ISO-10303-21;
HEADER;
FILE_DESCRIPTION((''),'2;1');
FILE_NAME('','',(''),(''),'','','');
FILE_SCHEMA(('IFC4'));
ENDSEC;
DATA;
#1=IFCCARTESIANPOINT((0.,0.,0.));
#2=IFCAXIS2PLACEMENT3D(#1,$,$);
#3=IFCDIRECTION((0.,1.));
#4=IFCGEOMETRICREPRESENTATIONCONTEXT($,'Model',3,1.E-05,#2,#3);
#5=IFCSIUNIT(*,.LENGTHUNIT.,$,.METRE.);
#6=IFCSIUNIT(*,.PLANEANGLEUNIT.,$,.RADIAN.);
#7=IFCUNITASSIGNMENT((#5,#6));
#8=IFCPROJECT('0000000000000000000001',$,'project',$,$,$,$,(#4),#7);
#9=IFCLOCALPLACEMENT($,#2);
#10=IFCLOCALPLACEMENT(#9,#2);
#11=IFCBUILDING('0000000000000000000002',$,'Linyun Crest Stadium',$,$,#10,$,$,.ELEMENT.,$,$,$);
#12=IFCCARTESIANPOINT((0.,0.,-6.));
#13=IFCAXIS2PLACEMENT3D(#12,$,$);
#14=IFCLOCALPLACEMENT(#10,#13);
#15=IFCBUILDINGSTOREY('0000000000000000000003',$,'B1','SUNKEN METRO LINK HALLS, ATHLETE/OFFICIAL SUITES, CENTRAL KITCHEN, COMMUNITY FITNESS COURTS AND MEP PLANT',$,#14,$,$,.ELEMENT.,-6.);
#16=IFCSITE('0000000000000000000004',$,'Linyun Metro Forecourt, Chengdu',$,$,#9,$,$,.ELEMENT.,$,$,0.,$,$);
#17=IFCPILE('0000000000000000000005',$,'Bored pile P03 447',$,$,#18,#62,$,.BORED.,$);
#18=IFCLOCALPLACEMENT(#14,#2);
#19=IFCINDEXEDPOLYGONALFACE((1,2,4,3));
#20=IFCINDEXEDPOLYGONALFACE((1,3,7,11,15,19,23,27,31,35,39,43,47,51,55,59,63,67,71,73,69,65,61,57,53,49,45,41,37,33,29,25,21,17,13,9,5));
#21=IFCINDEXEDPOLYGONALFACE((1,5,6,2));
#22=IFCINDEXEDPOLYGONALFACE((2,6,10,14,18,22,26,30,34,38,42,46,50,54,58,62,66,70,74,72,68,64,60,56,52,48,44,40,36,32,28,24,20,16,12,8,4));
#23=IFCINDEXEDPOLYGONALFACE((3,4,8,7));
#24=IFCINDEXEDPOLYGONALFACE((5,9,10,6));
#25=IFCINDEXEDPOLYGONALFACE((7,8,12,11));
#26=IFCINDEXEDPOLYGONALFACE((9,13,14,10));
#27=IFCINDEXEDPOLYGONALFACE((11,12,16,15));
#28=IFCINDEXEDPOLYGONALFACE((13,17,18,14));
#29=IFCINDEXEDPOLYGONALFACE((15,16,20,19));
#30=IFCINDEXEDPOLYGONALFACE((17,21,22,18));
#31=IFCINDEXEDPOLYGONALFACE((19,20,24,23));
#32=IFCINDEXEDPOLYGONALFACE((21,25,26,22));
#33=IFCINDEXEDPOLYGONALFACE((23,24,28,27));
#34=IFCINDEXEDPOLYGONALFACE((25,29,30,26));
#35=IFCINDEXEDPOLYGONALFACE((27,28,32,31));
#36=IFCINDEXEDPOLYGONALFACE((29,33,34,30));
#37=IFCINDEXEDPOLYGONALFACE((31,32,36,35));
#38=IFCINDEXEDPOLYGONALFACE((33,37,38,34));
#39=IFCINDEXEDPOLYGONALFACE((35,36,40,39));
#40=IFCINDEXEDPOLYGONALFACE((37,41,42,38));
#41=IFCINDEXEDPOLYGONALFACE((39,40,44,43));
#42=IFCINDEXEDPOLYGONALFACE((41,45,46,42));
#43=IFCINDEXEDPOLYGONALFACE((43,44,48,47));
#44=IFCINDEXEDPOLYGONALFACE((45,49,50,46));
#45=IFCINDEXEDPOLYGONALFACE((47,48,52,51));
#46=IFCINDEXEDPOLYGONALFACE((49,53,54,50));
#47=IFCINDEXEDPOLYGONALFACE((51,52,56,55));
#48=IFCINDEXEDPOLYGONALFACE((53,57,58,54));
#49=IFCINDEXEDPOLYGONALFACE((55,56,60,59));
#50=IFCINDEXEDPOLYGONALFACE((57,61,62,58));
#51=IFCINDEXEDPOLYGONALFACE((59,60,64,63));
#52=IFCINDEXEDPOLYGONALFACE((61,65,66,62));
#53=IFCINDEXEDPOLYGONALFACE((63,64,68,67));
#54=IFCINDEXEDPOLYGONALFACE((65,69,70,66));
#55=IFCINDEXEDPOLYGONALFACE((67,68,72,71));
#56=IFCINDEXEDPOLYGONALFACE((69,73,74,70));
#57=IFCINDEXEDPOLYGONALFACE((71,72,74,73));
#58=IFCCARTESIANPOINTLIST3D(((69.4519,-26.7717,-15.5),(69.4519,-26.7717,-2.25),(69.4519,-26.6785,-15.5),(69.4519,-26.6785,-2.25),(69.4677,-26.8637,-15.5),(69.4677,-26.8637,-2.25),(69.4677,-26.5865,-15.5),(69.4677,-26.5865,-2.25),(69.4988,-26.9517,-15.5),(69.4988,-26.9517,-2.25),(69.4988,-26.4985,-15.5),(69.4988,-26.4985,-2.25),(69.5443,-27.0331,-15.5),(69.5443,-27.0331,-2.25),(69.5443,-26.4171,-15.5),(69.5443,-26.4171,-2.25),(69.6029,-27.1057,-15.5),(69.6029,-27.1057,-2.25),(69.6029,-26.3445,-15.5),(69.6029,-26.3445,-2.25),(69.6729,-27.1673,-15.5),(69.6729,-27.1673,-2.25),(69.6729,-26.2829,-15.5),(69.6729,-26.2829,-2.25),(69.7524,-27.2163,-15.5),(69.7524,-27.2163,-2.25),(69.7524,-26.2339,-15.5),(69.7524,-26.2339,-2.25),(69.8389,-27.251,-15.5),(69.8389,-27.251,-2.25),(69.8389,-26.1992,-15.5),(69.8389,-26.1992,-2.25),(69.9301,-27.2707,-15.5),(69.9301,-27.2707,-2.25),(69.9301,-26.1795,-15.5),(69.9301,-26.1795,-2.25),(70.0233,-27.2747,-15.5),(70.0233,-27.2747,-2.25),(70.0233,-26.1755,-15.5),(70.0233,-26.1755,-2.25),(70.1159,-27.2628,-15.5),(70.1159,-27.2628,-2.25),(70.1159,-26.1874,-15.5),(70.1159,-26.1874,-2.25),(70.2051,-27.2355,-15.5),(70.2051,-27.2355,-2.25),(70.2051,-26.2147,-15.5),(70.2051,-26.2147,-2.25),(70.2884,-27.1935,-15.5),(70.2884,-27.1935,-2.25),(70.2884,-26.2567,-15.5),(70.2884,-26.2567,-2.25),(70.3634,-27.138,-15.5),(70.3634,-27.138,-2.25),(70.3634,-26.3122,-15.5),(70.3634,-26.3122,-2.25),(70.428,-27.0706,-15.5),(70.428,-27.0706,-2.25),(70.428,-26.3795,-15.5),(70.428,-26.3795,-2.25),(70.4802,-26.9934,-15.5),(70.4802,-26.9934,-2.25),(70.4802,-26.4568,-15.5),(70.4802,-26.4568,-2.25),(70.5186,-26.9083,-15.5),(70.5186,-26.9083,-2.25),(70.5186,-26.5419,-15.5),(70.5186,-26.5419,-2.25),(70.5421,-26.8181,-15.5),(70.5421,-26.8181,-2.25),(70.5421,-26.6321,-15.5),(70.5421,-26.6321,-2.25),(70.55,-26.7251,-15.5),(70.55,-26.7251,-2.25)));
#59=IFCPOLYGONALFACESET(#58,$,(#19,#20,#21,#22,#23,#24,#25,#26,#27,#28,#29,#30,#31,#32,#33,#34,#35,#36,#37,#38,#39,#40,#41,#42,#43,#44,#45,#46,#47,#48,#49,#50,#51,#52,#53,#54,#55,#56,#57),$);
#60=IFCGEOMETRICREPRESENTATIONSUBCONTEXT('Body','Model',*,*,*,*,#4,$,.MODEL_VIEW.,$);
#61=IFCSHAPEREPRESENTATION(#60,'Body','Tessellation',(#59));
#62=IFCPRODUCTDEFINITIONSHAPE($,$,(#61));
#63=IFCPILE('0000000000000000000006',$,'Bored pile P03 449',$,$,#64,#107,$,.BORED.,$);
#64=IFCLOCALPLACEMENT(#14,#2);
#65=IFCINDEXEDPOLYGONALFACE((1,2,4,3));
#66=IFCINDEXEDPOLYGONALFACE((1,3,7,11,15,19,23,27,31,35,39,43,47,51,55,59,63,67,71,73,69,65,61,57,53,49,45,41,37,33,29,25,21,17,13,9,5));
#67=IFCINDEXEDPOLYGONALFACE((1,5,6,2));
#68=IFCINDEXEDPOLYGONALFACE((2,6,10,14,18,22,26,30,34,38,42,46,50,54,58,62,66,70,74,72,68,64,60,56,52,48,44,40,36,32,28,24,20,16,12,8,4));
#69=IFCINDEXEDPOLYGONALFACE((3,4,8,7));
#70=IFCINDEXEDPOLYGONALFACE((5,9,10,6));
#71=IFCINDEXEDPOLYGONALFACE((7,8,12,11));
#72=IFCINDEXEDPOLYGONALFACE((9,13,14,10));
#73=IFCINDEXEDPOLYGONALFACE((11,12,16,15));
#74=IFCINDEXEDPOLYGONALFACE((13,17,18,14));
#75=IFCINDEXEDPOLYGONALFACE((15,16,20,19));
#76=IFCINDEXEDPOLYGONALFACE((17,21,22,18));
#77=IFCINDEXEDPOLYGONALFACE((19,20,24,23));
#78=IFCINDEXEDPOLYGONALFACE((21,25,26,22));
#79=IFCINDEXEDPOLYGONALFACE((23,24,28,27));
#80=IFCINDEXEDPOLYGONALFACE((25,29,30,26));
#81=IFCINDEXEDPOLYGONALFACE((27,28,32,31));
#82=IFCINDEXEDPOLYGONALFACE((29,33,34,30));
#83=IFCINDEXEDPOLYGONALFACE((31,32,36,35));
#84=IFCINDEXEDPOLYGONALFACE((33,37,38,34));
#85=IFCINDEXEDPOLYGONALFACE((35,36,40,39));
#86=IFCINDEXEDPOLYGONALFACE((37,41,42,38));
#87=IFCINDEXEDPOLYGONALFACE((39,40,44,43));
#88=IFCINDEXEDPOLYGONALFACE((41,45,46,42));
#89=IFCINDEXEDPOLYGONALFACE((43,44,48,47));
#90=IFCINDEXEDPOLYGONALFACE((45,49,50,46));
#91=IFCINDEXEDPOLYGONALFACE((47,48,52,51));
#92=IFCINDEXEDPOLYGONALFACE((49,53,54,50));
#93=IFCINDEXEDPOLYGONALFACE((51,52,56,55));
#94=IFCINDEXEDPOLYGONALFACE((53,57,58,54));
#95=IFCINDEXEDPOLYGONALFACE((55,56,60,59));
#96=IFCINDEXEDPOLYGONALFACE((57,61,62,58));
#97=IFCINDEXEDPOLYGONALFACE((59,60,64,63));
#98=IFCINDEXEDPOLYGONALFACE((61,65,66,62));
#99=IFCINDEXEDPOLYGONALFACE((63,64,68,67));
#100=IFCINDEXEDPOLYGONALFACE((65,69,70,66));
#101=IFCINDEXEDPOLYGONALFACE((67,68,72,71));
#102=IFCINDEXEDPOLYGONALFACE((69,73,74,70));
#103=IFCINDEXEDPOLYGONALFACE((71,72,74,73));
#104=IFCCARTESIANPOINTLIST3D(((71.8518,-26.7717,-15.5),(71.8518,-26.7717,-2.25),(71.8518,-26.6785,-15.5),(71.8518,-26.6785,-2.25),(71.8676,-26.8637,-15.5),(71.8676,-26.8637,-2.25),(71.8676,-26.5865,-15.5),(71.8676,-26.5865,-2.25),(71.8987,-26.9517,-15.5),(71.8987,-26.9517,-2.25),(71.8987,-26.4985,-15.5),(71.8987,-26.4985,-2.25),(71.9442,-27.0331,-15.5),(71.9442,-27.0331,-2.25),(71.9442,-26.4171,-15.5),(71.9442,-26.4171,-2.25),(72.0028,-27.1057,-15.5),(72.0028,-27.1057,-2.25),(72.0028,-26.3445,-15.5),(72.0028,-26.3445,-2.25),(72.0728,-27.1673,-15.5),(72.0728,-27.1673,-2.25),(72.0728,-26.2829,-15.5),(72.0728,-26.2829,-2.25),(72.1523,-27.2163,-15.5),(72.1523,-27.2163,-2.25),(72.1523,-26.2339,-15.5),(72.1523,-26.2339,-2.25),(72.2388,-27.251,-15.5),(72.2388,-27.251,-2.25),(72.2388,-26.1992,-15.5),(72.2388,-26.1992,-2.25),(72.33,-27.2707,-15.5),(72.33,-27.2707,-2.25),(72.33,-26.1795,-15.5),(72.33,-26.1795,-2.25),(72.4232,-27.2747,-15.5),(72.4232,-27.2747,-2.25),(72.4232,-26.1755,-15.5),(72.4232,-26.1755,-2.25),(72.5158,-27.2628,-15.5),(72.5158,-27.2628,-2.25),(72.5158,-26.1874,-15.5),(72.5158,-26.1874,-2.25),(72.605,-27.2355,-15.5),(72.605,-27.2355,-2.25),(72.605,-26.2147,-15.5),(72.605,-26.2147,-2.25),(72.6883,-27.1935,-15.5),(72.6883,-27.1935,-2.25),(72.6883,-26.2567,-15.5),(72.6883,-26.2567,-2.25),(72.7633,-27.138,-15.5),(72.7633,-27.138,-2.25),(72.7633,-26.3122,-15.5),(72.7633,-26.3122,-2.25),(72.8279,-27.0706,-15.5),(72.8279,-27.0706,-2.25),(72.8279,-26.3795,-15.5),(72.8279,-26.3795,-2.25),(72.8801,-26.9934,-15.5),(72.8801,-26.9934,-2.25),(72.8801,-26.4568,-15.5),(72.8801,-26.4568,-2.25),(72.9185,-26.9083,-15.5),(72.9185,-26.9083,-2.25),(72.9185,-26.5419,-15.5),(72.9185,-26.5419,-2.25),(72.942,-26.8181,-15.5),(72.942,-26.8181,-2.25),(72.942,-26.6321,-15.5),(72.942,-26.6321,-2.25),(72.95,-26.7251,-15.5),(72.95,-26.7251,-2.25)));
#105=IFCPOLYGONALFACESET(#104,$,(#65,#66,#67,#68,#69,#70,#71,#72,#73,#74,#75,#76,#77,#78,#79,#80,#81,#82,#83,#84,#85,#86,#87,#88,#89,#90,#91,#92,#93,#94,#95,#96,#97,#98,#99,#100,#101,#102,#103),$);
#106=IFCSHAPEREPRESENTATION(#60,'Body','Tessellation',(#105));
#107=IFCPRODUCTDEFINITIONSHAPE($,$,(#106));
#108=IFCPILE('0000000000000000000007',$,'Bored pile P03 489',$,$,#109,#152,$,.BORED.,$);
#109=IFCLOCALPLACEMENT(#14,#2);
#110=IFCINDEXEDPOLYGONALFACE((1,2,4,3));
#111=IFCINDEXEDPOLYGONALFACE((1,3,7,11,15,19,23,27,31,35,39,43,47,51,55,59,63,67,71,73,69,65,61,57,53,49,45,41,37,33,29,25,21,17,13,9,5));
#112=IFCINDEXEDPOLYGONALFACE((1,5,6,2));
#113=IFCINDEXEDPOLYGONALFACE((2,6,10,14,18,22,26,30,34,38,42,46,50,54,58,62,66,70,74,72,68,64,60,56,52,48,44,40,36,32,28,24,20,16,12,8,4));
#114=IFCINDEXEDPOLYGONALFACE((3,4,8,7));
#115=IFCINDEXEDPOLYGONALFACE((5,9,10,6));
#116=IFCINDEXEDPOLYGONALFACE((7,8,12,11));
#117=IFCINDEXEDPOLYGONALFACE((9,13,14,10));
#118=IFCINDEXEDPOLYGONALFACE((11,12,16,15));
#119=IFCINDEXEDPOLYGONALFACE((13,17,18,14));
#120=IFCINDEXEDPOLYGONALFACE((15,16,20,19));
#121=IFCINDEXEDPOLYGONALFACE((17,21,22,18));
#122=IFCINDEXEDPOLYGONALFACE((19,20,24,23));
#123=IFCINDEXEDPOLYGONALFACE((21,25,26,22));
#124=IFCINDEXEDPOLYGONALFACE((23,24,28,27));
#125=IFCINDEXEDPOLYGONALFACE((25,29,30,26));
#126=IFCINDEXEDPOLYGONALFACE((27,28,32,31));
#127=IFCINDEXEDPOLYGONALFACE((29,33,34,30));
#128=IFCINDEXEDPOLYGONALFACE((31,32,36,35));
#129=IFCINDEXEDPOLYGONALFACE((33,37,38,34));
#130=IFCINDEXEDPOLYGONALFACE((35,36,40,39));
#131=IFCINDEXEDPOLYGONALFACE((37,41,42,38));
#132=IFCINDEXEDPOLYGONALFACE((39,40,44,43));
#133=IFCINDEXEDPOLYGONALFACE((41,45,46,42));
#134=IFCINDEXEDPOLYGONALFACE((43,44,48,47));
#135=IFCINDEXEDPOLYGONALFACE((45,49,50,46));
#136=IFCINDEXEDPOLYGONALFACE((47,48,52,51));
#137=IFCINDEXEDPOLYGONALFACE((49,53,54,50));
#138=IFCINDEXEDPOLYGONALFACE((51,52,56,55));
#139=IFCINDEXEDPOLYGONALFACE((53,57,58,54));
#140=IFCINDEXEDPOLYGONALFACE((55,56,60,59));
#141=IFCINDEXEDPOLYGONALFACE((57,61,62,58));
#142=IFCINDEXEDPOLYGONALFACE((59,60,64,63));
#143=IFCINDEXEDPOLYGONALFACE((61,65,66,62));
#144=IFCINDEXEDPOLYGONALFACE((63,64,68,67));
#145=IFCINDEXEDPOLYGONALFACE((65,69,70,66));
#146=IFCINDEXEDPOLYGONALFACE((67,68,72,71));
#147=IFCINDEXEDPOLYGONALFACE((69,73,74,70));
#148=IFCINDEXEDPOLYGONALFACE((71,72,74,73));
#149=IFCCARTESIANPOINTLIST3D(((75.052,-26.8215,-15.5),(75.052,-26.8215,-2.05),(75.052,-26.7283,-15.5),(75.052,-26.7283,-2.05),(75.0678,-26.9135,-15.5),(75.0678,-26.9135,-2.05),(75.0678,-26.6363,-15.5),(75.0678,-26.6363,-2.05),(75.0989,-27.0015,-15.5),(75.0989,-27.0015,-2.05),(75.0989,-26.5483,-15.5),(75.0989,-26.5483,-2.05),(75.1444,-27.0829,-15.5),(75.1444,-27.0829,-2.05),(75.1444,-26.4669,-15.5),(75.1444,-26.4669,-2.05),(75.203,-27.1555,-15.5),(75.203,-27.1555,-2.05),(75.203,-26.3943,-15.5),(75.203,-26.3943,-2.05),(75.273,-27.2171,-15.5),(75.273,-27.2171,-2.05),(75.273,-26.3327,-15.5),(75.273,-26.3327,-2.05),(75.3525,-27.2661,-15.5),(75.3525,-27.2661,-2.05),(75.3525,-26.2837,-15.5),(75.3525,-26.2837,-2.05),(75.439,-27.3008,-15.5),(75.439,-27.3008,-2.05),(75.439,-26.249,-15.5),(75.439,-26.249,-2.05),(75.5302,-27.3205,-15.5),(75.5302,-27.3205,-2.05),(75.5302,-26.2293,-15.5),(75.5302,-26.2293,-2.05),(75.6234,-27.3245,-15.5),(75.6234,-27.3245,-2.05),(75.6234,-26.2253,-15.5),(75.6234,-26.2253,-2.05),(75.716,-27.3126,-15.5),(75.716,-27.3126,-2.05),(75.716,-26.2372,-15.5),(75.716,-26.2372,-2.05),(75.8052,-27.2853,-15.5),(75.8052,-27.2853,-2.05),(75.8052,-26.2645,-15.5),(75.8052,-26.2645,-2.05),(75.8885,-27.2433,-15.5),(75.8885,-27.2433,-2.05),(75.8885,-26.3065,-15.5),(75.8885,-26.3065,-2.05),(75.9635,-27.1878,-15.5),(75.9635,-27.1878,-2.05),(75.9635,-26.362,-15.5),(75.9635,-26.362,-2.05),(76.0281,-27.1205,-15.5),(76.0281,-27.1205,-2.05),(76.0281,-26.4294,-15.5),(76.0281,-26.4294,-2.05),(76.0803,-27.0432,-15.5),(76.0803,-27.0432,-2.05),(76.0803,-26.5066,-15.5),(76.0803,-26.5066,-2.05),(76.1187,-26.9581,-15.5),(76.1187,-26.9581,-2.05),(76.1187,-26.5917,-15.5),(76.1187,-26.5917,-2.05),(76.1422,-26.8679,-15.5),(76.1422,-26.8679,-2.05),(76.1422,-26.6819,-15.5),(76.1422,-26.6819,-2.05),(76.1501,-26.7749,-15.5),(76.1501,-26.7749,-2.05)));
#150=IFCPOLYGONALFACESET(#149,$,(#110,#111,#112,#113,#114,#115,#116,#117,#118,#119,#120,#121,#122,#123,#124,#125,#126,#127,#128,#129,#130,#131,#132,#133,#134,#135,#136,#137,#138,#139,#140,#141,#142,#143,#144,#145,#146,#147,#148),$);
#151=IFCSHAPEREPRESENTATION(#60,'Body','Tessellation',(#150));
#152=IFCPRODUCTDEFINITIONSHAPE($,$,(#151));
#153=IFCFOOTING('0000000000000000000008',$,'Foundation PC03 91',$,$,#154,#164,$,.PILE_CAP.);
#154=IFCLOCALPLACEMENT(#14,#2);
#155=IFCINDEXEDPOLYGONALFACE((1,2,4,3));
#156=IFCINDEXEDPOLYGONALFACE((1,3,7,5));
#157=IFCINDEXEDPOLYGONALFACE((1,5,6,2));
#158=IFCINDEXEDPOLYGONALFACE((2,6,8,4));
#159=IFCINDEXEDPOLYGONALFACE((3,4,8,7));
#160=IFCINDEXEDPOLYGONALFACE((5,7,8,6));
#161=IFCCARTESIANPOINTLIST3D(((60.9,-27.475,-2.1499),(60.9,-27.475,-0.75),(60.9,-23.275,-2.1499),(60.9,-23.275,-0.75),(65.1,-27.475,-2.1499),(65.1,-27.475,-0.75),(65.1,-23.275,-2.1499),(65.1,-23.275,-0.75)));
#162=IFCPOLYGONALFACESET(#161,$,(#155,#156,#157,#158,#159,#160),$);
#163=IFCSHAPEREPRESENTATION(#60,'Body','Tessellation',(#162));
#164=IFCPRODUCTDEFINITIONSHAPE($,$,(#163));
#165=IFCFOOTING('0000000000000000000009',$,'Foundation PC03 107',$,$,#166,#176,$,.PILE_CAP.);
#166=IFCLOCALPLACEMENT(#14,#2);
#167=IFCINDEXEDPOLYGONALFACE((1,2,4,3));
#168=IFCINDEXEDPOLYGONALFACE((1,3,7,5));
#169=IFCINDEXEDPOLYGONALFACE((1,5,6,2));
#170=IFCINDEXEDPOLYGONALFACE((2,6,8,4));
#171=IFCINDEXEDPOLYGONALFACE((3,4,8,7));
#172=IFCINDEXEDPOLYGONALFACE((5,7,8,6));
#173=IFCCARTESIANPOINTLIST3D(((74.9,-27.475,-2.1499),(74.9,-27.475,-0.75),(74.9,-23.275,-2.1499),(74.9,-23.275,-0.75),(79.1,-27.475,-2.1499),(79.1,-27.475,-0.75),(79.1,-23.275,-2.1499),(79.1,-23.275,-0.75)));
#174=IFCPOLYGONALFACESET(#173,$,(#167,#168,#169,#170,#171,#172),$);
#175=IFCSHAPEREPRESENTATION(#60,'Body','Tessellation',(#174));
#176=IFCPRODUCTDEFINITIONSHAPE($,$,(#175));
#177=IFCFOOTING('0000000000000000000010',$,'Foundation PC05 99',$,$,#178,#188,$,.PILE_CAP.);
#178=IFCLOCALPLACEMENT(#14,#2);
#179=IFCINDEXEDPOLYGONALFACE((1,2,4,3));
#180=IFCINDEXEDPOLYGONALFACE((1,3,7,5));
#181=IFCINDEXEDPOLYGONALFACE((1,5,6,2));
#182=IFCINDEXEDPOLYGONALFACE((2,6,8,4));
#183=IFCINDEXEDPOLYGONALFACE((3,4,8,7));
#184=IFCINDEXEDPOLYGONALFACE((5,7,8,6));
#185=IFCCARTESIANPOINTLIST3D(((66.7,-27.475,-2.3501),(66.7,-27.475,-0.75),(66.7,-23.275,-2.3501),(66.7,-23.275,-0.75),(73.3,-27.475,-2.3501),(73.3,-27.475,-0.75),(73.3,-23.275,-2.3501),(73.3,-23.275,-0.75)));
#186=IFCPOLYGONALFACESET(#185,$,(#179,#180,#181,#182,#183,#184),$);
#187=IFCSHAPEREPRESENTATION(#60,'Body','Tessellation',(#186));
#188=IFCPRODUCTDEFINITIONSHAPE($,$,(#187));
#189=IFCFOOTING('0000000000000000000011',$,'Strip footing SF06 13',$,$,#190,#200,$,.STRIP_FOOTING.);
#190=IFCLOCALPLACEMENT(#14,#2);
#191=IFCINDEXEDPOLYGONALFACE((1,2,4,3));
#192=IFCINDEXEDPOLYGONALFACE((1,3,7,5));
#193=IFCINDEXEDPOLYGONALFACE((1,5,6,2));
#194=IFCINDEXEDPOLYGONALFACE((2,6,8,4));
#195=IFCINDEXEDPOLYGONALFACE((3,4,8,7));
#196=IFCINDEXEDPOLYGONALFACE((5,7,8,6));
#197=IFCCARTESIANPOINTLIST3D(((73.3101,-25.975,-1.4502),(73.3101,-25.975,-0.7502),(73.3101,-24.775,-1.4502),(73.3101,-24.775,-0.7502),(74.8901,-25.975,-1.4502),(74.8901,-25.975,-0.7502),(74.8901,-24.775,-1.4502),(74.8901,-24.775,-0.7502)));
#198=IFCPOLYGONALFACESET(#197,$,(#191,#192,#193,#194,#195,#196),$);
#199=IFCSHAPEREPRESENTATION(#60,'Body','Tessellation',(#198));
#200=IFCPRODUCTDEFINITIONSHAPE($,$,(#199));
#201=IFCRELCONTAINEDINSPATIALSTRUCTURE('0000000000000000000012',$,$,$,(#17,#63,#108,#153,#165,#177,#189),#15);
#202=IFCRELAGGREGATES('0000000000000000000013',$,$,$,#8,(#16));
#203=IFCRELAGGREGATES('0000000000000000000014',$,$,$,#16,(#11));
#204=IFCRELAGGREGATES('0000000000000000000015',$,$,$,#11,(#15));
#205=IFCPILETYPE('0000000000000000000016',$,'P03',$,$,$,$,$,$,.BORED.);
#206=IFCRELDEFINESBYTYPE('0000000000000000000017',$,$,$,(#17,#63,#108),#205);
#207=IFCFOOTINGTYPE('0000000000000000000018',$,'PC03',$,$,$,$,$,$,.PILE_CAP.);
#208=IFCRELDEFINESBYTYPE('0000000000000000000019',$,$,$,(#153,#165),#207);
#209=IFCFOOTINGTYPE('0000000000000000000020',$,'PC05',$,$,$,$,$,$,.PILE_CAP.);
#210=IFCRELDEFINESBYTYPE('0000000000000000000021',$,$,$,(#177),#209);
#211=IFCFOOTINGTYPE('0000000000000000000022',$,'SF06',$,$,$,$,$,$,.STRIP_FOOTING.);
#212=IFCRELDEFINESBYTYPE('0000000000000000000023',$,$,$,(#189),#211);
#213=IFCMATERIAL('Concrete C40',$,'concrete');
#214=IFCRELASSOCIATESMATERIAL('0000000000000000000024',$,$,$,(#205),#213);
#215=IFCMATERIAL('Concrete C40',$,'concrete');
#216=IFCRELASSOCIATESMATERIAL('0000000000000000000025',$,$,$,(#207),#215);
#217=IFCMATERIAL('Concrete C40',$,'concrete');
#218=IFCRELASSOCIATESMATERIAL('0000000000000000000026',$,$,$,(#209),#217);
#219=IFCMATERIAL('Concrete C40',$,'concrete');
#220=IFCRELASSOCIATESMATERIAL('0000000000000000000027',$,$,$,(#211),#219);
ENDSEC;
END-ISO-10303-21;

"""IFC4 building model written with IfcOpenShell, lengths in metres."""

from ifc_helpers import new_model, si_unit, direction, frame, origin, origin_2d, place, context, subcontext, project, spatial, rectangle, circle, extrude, material, material_profile, profile_set, type_object, element, save


model = new_model("IFC4")

# Units and contexts
model_context = context("Model", 3, precision=1e-05, world=origin(), true_north=direction((0.0, 1.0)))
body_context = subcontext(model_context, "Body", "Model", "MODEL_VIEW")
ifc_project = project(units=[si_unit("LENGTHUNIT", "METRE"), si_unit("PLANEANGLEUNIT", "RADIAN")], contexts=[model_context])

# Site, building, storey
site_placement = place(None, origin())
site = spatial("IfcSite", under=ifc_project, at=site_placement, Name="Linyun Metro Forecourt, Chengdu", CompositionType="ELEMENT", RefElevation=0.0)
building_placement = place(site_placement, origin())
building = spatial("IfcBuilding", under=site, at=building_placement, Name="Linyun Crest Stadium", CompositionType="ELEMENT")
storey_placement = place(building_placement, frame((0.0, 0.0, -6.0)))
storey = spatial("IfcBuildingStorey", under=building, at=storey_placement, Name="B1", Description="SUNKEN METRO LINK HALLS, ATHLETE/OFFICIAL SUITES, CENTRAL KITCHEN, COMMUNITY FITNESS COURTS AND MEP PLANT", CompositionType="ELEMENT", Elevation=-6.0)

# Piles
ifc_material_1 = material(Name="Concrete C40", Category="concrete")
ifc_material_profile_1 = material_profile(ifc_material_1, circle(Radius=0.55, at=origin_2d()), Name="BORED PILE 1100")
ifc_profile_set_1 = profile_set([ifc_material_profile_1], Name="Concrete C40")
pile_type = type_object("IfcPileType", Name="P03", PredefinedType="BORED", material=ifc_profile_set_1)
for number, where, z_axis, x_axis, name in (
    (1, (70.0, -26.7251, -2.25), (0.0, 0.0, -1.0), (1.0, 0.0, 0.0), "Bored pile P03 447"),
    (2, (72.3999, -26.7251, -2.25), (0.0, 0.0, -1.0), (1.0, 0.0, 0.0), "Bored pile P03 449"),
):
    element("IfcPile", number, at=place(storey_placement, frame(where, z_axis=z_axis, x_axis=x_axis)), inside=storey, type_object=pile_type, Name=name, PredefinedType="BORED", context=body_context, shape_type="SweptSolid", body=[
        extrude(circle(Radius=0.55, at=origin_2d()), origin(), (0.0, 0.0, 1.0), 13.25),
    ])
pile_placement = place(storey_placement, frame((75.6001, -26.7749, -2.05), z_axis=(0.0, 0.0, -1.0), x_axis=(1.0, 0.0, 0.0)))
element("IfcPile", 3, at=pile_placement, inside=storey, type_object=pile_type, Name="Bored pile P03 489", PredefinedType="BORED", context=body_context, shape_type="SweptSolid", body=[
    extrude(circle(Radius=0.55, at=origin_2d()), origin(), (0.0, 0.0, 1.0), 13.45),
])

# Footings
ifc_material_2 = material(Name="Concrete C40", Category="concrete")
footing_type_1 = type_object("IfcFootingType", Name="PC03", PredefinedType="PILE_CAP", material=ifc_material_2)
for number, where, z_axis, x_axis, name in (
    (4, (63.0, -25.375, -2.1499), (0.0, 0.0, 1.0), (1.0, 0.0, 0.0), "Foundation PC03 91"),
    (5, (77.0, -25.375, -2.1499), (0.0, 0.0, 1.0), (1.0, 0.0, 0.0), "Foundation PC03 107"),
):
    element("IfcFooting", number, at=place(storey_placement, frame(where, z_axis=z_axis, x_axis=x_axis)), inside=storey, type_object=footing_type_1, Name=name, PredefinedType="PILE_CAP", context=body_context, shape_type="SweptSolid", body=[
        extrude(rectangle(XDim=4.2, YDim=4.2, at=origin_2d()), origin(), (0.0, 0.0, 1.0), 1.3999),
    ])
ifc_material_3 = material(Name="Concrete C40", Category="concrete")
footing_type_2 = type_object("IfcFootingType", Name="PC05", PredefinedType="PILE_CAP", material=ifc_material_3)
footing_1_placement = place(storey_placement, frame((70.0, -25.375, -2.3501), z_axis=(0.0, 0.0, 1.0), x_axis=(1.0, 0.0, 0.0)))
element("IfcFooting", 6, at=footing_1_placement, inside=storey, type_object=footing_type_2, Name="Foundation PC05 99", PredefinedType="PILE_CAP", context=body_context, shape_type="SweptSolid", body=[
    extrude(rectangle(XDim=6.6001, YDim=4.2, at=origin_2d()), origin(), (0.0, 0.0, 1.0), 1.6001),
])
ifc_material_4 = material(Name="Concrete C40", Category="concrete")
footing_type_3 = type_object("IfcFootingType", Name="SF06", PredefinedType="STRIP_FOOTING", material=ifc_material_4)
footing_2_placement = place(storey_placement, frame((74.1001, -25.375, -1.4502), z_axis=(0.0, 0.0, 1.0), x_axis=(1.0, 0.0, 0.0)))
element("IfcFooting", 7, at=footing_2_placement, inside=storey, type_object=footing_type_3, Name="Strip footing SF06 13", PredefinedType="STRIP_FOOTING", context=body_context, shape_type="SweptSolid", body=[
    extrude(rectangle(XDim=1.5801, YDim=1.2, at=origin_2d()), origin(), (0.0, 0.0, 1.0), 0.7),
])

save(model, "model.ifc")
